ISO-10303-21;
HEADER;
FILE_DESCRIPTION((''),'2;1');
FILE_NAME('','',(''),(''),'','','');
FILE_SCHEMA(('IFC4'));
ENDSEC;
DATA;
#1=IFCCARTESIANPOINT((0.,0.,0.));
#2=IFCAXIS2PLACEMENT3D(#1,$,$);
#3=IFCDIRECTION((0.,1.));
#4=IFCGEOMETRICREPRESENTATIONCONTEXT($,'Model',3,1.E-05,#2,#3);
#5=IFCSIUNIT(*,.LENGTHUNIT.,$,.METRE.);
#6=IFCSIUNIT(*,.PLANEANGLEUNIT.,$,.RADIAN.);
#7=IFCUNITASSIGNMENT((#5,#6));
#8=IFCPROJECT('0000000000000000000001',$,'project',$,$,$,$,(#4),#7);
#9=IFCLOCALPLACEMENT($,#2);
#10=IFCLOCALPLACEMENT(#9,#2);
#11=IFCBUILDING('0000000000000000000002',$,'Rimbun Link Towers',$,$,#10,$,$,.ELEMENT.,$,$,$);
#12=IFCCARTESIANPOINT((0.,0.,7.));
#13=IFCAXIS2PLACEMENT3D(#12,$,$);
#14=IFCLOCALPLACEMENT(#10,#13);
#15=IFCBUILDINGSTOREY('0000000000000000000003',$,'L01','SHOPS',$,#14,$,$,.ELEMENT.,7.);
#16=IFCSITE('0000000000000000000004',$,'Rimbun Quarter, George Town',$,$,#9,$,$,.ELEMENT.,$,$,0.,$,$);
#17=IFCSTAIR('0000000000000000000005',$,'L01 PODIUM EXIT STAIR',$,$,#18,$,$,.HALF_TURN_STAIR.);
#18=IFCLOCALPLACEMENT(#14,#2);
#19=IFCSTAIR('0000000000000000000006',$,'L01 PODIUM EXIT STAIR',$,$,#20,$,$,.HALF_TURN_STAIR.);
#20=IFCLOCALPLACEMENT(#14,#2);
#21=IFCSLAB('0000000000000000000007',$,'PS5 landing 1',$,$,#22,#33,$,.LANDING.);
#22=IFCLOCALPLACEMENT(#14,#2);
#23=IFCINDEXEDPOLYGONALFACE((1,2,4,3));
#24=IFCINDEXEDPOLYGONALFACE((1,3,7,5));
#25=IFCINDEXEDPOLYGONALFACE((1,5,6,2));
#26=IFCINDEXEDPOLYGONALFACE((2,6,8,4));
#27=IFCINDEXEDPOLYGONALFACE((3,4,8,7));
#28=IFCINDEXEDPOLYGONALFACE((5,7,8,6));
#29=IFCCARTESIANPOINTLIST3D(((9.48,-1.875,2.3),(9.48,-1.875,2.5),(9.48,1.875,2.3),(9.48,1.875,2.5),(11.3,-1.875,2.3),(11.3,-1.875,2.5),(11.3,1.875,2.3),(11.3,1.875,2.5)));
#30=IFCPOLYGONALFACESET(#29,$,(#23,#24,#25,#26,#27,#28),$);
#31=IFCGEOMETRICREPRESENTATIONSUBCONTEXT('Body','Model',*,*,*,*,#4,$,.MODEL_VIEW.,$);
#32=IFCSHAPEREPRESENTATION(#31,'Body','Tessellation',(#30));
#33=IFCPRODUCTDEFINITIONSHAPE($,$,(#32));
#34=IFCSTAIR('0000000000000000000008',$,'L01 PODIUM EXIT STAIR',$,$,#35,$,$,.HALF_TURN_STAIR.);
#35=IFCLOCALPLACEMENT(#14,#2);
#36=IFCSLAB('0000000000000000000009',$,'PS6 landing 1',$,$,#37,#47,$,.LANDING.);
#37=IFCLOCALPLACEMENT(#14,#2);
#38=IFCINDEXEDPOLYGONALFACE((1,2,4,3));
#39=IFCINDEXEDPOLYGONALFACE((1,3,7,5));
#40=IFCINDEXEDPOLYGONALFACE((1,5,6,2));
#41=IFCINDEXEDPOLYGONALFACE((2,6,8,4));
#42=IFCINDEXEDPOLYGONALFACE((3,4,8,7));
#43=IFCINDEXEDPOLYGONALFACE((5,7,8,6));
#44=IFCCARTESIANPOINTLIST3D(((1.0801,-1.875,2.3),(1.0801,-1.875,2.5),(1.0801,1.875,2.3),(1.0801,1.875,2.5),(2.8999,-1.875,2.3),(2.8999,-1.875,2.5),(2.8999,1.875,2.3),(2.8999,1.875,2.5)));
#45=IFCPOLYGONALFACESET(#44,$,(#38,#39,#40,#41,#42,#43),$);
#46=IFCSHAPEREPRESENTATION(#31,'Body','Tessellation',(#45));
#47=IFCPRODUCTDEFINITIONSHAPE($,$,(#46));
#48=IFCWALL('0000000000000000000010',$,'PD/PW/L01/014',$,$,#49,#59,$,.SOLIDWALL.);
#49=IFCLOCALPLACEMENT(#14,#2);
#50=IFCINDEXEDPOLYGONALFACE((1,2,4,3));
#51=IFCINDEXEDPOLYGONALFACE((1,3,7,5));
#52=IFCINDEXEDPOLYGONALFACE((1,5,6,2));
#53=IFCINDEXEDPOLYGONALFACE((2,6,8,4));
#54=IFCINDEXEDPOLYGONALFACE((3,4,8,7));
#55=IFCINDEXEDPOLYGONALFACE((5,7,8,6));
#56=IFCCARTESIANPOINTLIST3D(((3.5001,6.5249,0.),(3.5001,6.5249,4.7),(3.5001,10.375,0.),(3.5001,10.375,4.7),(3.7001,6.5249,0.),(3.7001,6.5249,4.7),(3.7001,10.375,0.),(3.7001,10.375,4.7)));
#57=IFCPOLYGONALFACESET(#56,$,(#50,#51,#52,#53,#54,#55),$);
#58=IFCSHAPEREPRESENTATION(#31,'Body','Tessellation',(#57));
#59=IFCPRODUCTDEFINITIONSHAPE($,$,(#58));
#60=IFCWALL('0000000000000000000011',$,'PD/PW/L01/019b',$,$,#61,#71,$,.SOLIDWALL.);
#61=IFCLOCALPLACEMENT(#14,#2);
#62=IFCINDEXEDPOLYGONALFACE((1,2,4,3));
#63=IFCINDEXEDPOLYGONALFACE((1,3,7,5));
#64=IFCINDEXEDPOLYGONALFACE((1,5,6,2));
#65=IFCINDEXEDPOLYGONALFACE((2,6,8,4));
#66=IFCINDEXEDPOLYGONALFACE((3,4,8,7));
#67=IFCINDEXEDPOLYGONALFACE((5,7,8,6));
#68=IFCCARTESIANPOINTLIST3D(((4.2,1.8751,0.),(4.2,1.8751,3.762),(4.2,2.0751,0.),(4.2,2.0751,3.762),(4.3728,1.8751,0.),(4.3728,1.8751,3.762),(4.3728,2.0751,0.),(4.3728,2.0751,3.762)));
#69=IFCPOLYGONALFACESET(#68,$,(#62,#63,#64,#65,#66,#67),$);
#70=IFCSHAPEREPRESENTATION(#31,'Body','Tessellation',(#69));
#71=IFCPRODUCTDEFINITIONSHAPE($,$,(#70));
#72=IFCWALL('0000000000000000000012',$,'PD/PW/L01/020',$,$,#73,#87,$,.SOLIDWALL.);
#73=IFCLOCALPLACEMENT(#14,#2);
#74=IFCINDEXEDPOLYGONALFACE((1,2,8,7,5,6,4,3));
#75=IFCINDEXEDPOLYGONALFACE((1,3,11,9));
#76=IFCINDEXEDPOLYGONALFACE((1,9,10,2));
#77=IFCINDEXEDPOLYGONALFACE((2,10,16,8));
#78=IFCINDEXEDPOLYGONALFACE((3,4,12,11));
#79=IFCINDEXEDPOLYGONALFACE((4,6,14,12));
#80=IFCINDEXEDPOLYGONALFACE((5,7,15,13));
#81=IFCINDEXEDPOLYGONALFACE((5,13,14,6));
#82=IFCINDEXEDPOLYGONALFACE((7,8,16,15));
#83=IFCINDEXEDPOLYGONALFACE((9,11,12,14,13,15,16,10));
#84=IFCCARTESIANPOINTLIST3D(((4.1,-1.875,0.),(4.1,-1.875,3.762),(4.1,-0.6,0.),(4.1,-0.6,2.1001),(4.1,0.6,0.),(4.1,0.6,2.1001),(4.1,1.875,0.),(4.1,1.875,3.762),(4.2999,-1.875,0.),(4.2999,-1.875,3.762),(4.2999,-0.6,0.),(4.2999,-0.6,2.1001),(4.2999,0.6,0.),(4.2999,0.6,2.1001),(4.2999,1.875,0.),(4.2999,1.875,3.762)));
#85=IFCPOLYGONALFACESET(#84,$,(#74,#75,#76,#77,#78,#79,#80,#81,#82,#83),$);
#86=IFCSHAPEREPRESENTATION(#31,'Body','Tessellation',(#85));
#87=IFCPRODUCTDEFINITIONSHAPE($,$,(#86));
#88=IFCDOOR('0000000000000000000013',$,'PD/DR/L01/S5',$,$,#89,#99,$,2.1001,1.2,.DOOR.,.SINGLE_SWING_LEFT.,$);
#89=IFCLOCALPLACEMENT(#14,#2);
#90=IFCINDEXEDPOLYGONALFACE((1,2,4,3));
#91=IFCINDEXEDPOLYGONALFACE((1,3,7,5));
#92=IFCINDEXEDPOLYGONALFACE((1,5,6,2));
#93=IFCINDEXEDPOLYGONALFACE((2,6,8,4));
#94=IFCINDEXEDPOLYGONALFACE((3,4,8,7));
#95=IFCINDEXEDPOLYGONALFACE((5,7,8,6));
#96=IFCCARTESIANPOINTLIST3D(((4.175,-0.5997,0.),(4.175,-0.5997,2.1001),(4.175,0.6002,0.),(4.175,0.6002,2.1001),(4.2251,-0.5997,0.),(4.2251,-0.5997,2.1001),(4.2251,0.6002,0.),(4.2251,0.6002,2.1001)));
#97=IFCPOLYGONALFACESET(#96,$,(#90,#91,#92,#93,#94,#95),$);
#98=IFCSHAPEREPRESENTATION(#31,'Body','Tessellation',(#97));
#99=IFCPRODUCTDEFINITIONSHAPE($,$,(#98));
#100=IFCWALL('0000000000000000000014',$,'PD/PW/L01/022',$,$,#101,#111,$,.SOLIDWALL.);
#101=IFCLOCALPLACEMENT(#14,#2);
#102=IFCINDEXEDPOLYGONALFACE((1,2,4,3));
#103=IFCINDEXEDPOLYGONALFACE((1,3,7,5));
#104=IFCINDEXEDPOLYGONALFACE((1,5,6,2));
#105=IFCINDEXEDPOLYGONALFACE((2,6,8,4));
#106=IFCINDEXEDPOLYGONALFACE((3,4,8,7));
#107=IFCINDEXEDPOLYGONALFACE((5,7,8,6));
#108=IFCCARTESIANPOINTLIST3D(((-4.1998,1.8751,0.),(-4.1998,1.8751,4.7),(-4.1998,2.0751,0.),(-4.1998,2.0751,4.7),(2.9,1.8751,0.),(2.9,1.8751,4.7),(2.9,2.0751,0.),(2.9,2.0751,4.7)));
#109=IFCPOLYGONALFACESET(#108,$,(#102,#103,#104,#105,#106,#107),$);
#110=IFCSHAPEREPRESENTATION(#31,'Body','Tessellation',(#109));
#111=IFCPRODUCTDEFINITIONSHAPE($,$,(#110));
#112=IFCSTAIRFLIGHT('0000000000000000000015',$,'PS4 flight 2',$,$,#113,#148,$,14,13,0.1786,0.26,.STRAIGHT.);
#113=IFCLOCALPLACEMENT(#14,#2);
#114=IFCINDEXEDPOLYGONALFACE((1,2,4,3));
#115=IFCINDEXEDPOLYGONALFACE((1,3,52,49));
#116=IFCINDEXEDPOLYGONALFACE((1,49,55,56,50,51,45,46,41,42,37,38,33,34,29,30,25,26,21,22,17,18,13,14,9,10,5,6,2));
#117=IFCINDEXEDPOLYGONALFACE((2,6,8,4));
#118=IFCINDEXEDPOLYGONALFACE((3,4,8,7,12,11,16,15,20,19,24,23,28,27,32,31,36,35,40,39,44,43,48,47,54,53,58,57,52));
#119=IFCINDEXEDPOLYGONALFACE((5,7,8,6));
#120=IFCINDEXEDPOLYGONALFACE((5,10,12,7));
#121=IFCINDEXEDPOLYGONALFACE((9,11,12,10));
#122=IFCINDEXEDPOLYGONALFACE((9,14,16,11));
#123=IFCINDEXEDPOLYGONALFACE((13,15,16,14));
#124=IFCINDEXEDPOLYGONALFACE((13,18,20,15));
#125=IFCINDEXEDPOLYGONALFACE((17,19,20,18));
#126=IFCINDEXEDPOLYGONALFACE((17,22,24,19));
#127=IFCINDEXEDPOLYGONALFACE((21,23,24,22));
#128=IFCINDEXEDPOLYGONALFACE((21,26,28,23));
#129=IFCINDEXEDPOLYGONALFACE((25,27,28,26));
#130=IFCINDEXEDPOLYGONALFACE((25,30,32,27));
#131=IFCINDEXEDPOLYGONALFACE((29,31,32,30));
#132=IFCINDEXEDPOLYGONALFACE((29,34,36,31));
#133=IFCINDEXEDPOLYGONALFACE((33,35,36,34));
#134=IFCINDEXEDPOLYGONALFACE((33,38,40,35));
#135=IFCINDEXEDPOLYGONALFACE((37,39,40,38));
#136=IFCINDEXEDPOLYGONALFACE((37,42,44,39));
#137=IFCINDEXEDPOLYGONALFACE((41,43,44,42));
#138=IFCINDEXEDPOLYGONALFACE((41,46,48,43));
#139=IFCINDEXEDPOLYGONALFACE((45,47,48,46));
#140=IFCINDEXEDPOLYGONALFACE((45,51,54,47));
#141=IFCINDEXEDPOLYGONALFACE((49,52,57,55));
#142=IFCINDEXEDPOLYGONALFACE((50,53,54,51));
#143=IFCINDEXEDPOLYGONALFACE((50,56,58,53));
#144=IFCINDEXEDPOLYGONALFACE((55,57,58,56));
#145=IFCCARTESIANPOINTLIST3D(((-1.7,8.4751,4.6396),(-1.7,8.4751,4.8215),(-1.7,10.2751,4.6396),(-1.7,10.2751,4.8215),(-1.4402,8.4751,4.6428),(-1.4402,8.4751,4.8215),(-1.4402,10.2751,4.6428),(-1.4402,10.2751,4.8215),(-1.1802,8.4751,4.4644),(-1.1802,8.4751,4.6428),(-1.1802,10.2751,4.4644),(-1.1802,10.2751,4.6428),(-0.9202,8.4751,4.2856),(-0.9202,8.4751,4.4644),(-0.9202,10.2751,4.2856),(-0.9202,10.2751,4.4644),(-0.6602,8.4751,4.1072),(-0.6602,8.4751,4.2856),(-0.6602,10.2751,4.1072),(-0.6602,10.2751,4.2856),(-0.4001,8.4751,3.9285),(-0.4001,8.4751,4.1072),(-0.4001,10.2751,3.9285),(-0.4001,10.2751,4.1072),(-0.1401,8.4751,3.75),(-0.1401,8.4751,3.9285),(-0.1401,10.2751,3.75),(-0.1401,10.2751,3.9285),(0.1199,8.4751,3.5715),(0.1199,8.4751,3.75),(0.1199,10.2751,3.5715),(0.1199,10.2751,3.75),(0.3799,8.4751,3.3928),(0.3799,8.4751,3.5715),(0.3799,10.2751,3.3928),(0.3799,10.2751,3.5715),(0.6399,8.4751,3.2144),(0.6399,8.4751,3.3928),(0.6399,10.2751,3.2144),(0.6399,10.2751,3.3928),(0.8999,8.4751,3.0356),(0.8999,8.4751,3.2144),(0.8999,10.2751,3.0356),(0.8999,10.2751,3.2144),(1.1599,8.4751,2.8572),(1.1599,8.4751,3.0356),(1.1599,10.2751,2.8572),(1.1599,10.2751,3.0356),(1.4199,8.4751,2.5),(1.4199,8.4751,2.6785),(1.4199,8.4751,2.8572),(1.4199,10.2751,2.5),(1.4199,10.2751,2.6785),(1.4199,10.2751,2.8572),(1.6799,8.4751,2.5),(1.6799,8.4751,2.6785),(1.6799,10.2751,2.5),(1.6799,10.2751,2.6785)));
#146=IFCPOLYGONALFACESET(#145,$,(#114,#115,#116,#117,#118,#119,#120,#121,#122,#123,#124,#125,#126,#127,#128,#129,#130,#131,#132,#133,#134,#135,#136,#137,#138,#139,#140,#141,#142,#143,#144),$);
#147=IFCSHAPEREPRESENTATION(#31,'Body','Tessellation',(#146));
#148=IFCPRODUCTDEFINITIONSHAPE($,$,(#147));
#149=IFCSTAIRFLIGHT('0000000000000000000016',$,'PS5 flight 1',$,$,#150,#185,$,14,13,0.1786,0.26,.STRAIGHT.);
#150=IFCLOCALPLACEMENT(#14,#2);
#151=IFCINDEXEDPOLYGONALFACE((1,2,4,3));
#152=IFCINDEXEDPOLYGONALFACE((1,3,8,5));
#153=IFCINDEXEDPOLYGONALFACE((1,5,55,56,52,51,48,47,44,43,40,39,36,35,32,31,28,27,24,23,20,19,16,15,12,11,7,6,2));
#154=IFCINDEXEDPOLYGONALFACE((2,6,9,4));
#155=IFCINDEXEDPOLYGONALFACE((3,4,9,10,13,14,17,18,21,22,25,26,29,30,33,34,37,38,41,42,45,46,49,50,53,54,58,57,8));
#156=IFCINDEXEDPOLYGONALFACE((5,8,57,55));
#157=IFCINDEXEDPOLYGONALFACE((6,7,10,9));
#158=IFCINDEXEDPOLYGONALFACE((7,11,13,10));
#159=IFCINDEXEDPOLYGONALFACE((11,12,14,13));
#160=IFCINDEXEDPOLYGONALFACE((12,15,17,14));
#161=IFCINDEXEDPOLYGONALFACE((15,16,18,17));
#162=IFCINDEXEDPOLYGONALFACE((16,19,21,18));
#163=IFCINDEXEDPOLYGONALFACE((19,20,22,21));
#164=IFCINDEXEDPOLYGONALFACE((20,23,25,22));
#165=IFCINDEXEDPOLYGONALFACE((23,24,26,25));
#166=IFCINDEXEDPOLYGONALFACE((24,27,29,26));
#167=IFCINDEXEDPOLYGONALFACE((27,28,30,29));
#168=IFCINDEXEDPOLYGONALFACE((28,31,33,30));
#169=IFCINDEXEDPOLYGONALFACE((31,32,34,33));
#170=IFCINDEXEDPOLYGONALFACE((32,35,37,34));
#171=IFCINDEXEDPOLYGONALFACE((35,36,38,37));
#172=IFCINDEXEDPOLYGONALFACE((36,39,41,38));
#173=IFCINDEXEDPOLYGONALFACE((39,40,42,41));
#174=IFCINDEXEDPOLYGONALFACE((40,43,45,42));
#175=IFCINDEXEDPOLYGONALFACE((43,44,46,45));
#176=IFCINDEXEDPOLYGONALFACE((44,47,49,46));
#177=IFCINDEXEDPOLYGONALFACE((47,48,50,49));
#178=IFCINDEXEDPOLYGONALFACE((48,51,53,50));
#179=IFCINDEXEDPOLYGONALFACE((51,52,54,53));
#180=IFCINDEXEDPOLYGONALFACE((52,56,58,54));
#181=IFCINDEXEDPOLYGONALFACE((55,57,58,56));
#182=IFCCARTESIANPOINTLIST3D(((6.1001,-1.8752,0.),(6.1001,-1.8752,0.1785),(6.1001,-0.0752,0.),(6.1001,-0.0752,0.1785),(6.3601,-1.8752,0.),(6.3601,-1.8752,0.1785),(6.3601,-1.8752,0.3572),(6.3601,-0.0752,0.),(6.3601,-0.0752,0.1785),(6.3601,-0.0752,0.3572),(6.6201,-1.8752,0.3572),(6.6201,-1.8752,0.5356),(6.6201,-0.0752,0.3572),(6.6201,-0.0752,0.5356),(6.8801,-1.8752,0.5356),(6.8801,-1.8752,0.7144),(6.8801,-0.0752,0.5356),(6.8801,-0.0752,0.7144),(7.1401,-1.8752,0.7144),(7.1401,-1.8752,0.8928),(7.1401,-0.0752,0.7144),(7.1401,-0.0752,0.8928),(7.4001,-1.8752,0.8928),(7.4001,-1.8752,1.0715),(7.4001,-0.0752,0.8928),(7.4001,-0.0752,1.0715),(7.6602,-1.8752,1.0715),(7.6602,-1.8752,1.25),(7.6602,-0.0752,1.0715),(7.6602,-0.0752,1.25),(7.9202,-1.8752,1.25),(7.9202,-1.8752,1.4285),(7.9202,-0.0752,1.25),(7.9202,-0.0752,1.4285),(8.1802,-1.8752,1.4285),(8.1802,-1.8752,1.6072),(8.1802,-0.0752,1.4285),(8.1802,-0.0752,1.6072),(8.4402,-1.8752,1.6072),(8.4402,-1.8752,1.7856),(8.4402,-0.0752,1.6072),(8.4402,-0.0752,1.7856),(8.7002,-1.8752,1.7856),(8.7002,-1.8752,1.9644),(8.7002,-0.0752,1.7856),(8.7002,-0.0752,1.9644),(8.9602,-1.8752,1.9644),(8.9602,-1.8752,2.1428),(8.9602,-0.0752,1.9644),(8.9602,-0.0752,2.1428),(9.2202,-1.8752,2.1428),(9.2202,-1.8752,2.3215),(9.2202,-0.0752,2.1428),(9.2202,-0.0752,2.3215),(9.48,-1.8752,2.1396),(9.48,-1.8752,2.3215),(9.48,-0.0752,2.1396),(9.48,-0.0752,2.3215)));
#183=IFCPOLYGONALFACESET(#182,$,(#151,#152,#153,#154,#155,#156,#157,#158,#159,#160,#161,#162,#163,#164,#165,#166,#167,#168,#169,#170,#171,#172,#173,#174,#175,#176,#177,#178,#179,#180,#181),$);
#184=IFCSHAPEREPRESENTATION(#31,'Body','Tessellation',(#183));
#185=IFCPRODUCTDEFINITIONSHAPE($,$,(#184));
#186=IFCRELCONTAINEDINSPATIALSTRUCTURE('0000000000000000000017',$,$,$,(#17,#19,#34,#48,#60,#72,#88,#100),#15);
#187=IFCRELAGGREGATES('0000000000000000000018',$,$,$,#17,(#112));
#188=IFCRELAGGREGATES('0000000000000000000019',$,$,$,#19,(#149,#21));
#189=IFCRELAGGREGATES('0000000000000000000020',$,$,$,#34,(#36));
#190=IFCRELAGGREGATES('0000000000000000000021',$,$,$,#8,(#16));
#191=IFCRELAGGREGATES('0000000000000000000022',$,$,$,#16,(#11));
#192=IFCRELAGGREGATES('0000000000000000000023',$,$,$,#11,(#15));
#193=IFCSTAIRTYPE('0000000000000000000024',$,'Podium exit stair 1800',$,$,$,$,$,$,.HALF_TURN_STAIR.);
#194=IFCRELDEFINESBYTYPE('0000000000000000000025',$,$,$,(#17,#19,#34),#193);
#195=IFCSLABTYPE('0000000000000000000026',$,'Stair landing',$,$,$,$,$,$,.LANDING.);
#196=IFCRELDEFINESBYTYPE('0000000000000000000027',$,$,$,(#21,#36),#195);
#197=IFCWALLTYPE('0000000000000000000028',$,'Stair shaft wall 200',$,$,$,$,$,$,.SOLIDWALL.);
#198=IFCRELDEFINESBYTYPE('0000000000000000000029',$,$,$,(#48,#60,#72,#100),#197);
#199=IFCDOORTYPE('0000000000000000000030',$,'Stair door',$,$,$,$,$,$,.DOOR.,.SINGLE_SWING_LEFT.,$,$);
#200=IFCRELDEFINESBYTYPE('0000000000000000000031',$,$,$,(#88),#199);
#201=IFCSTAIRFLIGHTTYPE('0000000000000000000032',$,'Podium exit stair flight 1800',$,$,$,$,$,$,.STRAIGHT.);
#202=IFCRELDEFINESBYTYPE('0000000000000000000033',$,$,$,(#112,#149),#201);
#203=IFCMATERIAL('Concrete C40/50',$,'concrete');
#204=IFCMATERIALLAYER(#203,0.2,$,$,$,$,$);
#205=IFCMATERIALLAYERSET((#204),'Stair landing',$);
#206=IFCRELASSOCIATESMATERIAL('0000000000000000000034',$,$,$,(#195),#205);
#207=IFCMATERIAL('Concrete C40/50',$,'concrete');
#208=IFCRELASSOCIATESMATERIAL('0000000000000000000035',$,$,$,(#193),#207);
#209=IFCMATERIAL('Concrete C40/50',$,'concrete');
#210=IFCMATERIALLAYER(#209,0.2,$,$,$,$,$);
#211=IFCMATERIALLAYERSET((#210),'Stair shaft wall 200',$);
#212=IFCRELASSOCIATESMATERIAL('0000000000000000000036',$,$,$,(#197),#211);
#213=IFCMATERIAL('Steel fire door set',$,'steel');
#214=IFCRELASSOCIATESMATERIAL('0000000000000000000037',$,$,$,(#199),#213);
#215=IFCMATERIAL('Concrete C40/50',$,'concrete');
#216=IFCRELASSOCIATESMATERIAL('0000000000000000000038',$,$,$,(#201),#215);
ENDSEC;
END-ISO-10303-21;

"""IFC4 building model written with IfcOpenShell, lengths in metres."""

from ifc_helpers import new_model, si_unit, direction, frame, frame_2d, origin, place, context, subcontext, project, spatial, polyline, rectangle, outline, extrude, material, layer, layer_set, type_object, element, fill, aggregate, save


model = new_model("IFC4")

# Units and contexts
model_context = context("Model", 3, precision=1e-05, world=origin(), true_north=direction((0.0, 1.0)))
body_context = subcontext(model_context, "Body", "Model", "MODEL_VIEW")
ifc_project = project(units=[si_unit("LENGTHUNIT", "METRE"), si_unit("PLANEANGLEUNIT", "RADIAN")], contexts=[model_context])

# Site, building, storey
site_placement = place(None, origin())
site = spatial("IfcSite", under=ifc_project, at=site_placement, Name="Rimbun Quarter, George Town", CompositionType="ELEMENT", RefElevation=0.0)
building_placement = place(site_placement, origin())
building = spatial("IfcBuilding", under=site, at=building_placement, Name="Rimbun Link Towers", CompositionType="ELEMENT")
storey_placement = place(building_placement, frame((0.0, 0.0, 7.0)))
storey = spatial("IfcBuildingStorey", under=building, at=storey_placement, Name="L01", Description="SHOPS", CompositionType="ELEMENT", Elevation=7.0)

# Stairs, slabs
ifc_material_1 = material(Name="Concrete C40/50", Category="concrete")
ifc_layer_1 = layer(ifc_material_1, 0.2)
ifc_layer_set_1 = layer_set([ifc_layer_1], Name="Stair landing")
slab_type = type_object("IfcSlabType", Name="Stair landing", PredefinedType="LANDING", material=ifc_layer_set_1)
ifc_material_2 = material(Name="Concrete C40/50", Category="concrete")
stair_type_1 = type_object("IfcStairType", Name="Podium exit stair 1800", PredefinedType="HALF_TURN_STAIR", material=ifc_material_2)
stair_1_placement = place(storey_placement, origin())
stair_1 = element("IfcStair", 1, at=stair_1_placement, inside=storey, type_object=stair_type_1, Name="L01 PODIUM EXIT STAIR", PredefinedType="HALF_TURN_STAIR")
stair_2_placement = place(storey_placement, origin())
stair_2 = element("IfcStair", 2, at=stair_2_placement, inside=storey, type_object=stair_type_1, Name="L01 PODIUM EXIT STAIR", PredefinedType="HALF_TURN_STAIR")
slab_1_placement = place(storey_placement, frame((0.0, 0.0, 2.3)))
slab_1 = element("IfcSlab", 3, at=slab_1_placement, type_object=slab_type, Name="PS5 landing 1", PredefinedType="LANDING", context=body_context, shape_type="SweptSolid", body=[
    extrude(outline(polyline([(9.48, -1.875), (11.3, -1.875), (11.3, 1.875), (9.48, 1.875), (9.48, -1.875)])), origin(), (0.0, 0.0, 1.0), 0.2),
])
stair_3_placement = place(storey_placement, origin())
stair_3 = element("IfcStair", 4, at=stair_3_placement, inside=storey, type_object=stair_type_1, Name="L01 PODIUM EXIT STAIR", PredefinedType="HALF_TURN_STAIR")
slab_2_placement = place(storey_placement, frame((0.0, 0.0, 2.3)))
slab_2 = element("IfcSlab", 5, at=slab_2_placement, type_object=slab_type, Name="PS6 landing 1", PredefinedType="LANDING", context=body_context, shape_type="SweptSolid", body=[
    extrude(outline(polyline([(1.0801, -1.875), (2.8999, -1.875), (2.8999, 1.875), (1.0801, 1.875), (1.0801, -1.875)])), origin(), (0.0, 0.0, 1.0), 0.2),
])

# Walls
ifc_material_3 = material(Name="Concrete C40/50", Category="concrete")
ifc_layer_2 = layer(ifc_material_3, 0.2)
ifc_layer_set_2 = layer_set([ifc_layer_2], Name="Stair shaft wall 200")
wall_type = type_object("IfcWallType", Name="Stair shaft wall 200", PredefinedType="SOLIDWALL", material=ifc_layer_set_2)
wall_1_placement = place(storey_placement, frame((3.6001, 6.5249, 0.0), z_axis=(0.0, 0.0, 1.0), x_axis=(0.0, 1.0, 0.0)))
element("IfcWall", 6, at=wall_1_placement, inside=storey, type_object=wall_type, Name="PD/PW/L01/014", PredefinedType="SOLIDWALL", context=body_context, shape_type="SweptSolid", body=[
    extrude(rectangle(XDim=3.8501, YDim=0.2, at=frame_2d((1.925, 0.0))), origin(), (0.0, 0.0, 1.0), 4.7),
])
wall_2_placement = place(storey_placement, frame((4.3728, 1.9751, 0.0), z_axis=(0.0, 0.0, 1.0), x_axis=(-1.0, 0.0, 0.0)))
element("IfcWall", 7, at=wall_2_placement, inside=storey, type_object=wall_type, Name="PD/PW/L01/019b", PredefinedType="SOLIDWALL", context=body_context, shape_type="SweptSolid", body=[
    extrude(rectangle(XDim=0.1729, YDim=0.2, at=frame_2d((0.0864, 0.0))), origin(), (0.0, 0.0, 1.0), 3.762),
])

# Wall, opening, door
wall_3_placement = place(storey_placement, frame((4.2, 1.875, 0.0), z_axis=(0.0, 0.0, 1.0), x_axis=(0.0, -1.0, 0.0)))
wall_3 = element("IfcWall", 8, at=wall_3_placement, inside=storey, type_object=wall_type, Name="PD/PW/L01/020", PredefinedType="SOLIDWALL", context=body_context, shape_type="SweptSolid", body=[
    extrude(rectangle(XDim=3.75, YDim=0.2, at=frame_2d((1.875, 0.0))), origin(), (0.0, 0.0, 1.0), 3.762),
])
opening_placement = place(wall_3_placement, frame((1.2749, 0.0, 0.0)))
opening = element("IfcOpeningElement", 9, at=opening_placement, cuts=wall_3, PredefinedType="OPENING", context=body_context, shape_type="SweptSolid", body=[
    extrude(rectangle(XDim=1.2, YDim=2.1001, at=frame_2d((0.6001, 1.05))), frame((0.0, 0.1099, 0.0), z_axis=(0.0, -1.0, 0.0), x_axis=(1.0, 0.0, 0.0)), (0.0, 0.0, 1.0), 0.22),
])
ifc_material_4 = material(Name="Steel fire door set", Category="steel")
door_type = type_object("IfcDoorType", Name="Stair door", OperationType="SINGLE_SWING_LEFT", PredefinedType="DOOR", material=ifc_material_4)
door_placement = place(opening_placement, frame((1.2, 0.0, 0.0), z_axis=(0.0, 0.0, 1.0), x_axis=(-1.0, 0.0, 0.0)))
door = element("IfcDoor", 10, at=door_placement, inside=storey, type_object=door_type, Name="PD/DR/L01/S5", OperationType="SINGLE_SWING_LEFT", OverallHeight=2.1001, OverallWidth=1.2, PredefinedType="DOOR", context=body_context, shape_type="SweptSolid", body=[
    extrude(rectangle(XDim=1.2, YDim=2.1001, at=frame_2d((0.6001, 1.05))), frame((0.0, 0.0249, 0.0), z_axis=(0.0, -1.0, 0.0), x_axis=(1.0, 0.0, 0.0)), (0.0, 0.0, 1.0), 0.05),
])
fill(opening, door)

# Wall
wall_4_placement = place(storey_placement, frame((2.8999, 1.9751, 0.0), z_axis=(0.0, 0.0, 1.0), x_axis=(-1.0, 0.0, 0.0)))
element("IfcWall", 11, at=wall_4_placement, inside=storey, type_object=wall_type, Name="PD/PW/L01/022", PredefinedType="SOLIDWALL", context=body_context, shape_type="SweptSolid", body=[
    extrude(rectangle(XDim=7.0999, YDim=0.2, at=frame_2d((3.5498, 0.0))), origin(), (0.0, 0.0, 1.0), 4.7),
])

# Stair flights
ifc_material_5 = material(Name="Concrete C40/50", Category="concrete")
stair_flight_type = type_object("IfcStairFlightType", Name="Podium exit stair flight 1800", PredefinedType="STRAIGHT", material=ifc_material_5)
stair_flight_1_placement = place(storey_placement, frame((1.6799, 9.375, 2.5), z_axis=(0.0, 0.0, 1.0), x_axis=(-1.0, 0.0, 0.0)))
stair_flight_1 = element("IfcStairFlight", 12, at=stair_flight_1_placement, type_object=stair_flight_type, Name="PS4 flight 2", NumberOfRisers=14, NumberOfTreads=13, PredefinedType="STRAIGHT", RiserHeight=0.1786, TreadLength=0.26, context=body_context, shape_type="SweptSolid", body=[
    extrude(outline(polyline([(0.0, 0.0), (0.0, 0.1785), (0.26, 0.1785), (0.26, 0.3572), (0.52, 0.3572), (0.52, 0.5356), (0.78, 0.5356), (0.78, 0.7144), (1.04, 0.7144), (1.04, 0.8928), (1.3, 0.8928), (1.3, 1.0715), (1.5601, 1.0715), (1.5601, 1.25), (1.8201, 1.25), (1.8201, 1.4285), (2.0801, 1.4285), (2.0801, 1.6072), (2.3401, 1.6072), (2.3401, 1.7856), (2.6001, 1.7856), (2.6001, 1.9644), (2.8601, 1.9644), (2.8601, 2.1428), (3.1201, 2.1428), (3.1201, 2.3215), (3.3799, 2.3215), (3.3799, 2.5), (3.3799, 2.1396), (0.26, 0.0), (0.0, 0.0)])), frame((0.0, 0.8999, 0.0), z_axis=(0.0, -1.0, 0.0), x_axis=(1.0, 0.0, 0.0)), (0.0, 0.0, 1.0), 1.8),
])
aggregate(stair_1, [stair_flight_1])
stair_flight_2_placement = place(storey_placement, frame((6.1001, -0.9751, 0.0), z_axis=(0.0, 0.0, 1.0), x_axis=(1.0, 0.0, 0.0)))
stair_flight_2 = element("IfcStairFlight", 13, at=stair_flight_2_placement, type_object=stair_flight_type, Name="PS5 flight 1", NumberOfRisers=14, NumberOfTreads=13, PredefinedType="STRAIGHT", RiserHeight=0.1786, TreadLength=0.26, context=body_context, shape_type="SweptSolid", body=[
    extrude(outline(polyline([(0.0, 0.0), (0.0, 0.1785), (0.26, 0.1785), (0.26, 0.3572), (0.52, 0.3572), (0.52, 0.5356), (0.78, 0.5356), (0.78, 0.7144), (1.04, 0.7144), (1.04, 0.8928), (1.3, 0.8928), (1.3, 1.0715), (1.5601, 1.0715), (1.5601, 1.25), (1.8201, 1.25), (1.8201, 1.4285), (2.0801, 1.4285), (2.0801, 1.6072), (2.3401, 1.6072), (2.3401, 1.7856), (2.6001, 1.7856), (2.6001, 1.9644), (2.8601, 1.9644), (2.8601, 2.1428), (3.1201, 2.1428), (3.1201, 2.3215), (3.3799, 2.3215), (3.3799, 2.5), (3.3799, 2.1396), (0.26, 0.0), (0.0, 0.0)])), frame((0.0, 0.8999, 0.0), z_axis=(0.0, -1.0, 0.0), x_axis=(1.0, 0.0, 0.0)), (0.0, 0.0, 1.0), 1.8),
])
aggregate(stair_2, [stair_flight_2, slab_1])
aggregate(stair_3, [slab_2])

save(model, "model.ifc")
